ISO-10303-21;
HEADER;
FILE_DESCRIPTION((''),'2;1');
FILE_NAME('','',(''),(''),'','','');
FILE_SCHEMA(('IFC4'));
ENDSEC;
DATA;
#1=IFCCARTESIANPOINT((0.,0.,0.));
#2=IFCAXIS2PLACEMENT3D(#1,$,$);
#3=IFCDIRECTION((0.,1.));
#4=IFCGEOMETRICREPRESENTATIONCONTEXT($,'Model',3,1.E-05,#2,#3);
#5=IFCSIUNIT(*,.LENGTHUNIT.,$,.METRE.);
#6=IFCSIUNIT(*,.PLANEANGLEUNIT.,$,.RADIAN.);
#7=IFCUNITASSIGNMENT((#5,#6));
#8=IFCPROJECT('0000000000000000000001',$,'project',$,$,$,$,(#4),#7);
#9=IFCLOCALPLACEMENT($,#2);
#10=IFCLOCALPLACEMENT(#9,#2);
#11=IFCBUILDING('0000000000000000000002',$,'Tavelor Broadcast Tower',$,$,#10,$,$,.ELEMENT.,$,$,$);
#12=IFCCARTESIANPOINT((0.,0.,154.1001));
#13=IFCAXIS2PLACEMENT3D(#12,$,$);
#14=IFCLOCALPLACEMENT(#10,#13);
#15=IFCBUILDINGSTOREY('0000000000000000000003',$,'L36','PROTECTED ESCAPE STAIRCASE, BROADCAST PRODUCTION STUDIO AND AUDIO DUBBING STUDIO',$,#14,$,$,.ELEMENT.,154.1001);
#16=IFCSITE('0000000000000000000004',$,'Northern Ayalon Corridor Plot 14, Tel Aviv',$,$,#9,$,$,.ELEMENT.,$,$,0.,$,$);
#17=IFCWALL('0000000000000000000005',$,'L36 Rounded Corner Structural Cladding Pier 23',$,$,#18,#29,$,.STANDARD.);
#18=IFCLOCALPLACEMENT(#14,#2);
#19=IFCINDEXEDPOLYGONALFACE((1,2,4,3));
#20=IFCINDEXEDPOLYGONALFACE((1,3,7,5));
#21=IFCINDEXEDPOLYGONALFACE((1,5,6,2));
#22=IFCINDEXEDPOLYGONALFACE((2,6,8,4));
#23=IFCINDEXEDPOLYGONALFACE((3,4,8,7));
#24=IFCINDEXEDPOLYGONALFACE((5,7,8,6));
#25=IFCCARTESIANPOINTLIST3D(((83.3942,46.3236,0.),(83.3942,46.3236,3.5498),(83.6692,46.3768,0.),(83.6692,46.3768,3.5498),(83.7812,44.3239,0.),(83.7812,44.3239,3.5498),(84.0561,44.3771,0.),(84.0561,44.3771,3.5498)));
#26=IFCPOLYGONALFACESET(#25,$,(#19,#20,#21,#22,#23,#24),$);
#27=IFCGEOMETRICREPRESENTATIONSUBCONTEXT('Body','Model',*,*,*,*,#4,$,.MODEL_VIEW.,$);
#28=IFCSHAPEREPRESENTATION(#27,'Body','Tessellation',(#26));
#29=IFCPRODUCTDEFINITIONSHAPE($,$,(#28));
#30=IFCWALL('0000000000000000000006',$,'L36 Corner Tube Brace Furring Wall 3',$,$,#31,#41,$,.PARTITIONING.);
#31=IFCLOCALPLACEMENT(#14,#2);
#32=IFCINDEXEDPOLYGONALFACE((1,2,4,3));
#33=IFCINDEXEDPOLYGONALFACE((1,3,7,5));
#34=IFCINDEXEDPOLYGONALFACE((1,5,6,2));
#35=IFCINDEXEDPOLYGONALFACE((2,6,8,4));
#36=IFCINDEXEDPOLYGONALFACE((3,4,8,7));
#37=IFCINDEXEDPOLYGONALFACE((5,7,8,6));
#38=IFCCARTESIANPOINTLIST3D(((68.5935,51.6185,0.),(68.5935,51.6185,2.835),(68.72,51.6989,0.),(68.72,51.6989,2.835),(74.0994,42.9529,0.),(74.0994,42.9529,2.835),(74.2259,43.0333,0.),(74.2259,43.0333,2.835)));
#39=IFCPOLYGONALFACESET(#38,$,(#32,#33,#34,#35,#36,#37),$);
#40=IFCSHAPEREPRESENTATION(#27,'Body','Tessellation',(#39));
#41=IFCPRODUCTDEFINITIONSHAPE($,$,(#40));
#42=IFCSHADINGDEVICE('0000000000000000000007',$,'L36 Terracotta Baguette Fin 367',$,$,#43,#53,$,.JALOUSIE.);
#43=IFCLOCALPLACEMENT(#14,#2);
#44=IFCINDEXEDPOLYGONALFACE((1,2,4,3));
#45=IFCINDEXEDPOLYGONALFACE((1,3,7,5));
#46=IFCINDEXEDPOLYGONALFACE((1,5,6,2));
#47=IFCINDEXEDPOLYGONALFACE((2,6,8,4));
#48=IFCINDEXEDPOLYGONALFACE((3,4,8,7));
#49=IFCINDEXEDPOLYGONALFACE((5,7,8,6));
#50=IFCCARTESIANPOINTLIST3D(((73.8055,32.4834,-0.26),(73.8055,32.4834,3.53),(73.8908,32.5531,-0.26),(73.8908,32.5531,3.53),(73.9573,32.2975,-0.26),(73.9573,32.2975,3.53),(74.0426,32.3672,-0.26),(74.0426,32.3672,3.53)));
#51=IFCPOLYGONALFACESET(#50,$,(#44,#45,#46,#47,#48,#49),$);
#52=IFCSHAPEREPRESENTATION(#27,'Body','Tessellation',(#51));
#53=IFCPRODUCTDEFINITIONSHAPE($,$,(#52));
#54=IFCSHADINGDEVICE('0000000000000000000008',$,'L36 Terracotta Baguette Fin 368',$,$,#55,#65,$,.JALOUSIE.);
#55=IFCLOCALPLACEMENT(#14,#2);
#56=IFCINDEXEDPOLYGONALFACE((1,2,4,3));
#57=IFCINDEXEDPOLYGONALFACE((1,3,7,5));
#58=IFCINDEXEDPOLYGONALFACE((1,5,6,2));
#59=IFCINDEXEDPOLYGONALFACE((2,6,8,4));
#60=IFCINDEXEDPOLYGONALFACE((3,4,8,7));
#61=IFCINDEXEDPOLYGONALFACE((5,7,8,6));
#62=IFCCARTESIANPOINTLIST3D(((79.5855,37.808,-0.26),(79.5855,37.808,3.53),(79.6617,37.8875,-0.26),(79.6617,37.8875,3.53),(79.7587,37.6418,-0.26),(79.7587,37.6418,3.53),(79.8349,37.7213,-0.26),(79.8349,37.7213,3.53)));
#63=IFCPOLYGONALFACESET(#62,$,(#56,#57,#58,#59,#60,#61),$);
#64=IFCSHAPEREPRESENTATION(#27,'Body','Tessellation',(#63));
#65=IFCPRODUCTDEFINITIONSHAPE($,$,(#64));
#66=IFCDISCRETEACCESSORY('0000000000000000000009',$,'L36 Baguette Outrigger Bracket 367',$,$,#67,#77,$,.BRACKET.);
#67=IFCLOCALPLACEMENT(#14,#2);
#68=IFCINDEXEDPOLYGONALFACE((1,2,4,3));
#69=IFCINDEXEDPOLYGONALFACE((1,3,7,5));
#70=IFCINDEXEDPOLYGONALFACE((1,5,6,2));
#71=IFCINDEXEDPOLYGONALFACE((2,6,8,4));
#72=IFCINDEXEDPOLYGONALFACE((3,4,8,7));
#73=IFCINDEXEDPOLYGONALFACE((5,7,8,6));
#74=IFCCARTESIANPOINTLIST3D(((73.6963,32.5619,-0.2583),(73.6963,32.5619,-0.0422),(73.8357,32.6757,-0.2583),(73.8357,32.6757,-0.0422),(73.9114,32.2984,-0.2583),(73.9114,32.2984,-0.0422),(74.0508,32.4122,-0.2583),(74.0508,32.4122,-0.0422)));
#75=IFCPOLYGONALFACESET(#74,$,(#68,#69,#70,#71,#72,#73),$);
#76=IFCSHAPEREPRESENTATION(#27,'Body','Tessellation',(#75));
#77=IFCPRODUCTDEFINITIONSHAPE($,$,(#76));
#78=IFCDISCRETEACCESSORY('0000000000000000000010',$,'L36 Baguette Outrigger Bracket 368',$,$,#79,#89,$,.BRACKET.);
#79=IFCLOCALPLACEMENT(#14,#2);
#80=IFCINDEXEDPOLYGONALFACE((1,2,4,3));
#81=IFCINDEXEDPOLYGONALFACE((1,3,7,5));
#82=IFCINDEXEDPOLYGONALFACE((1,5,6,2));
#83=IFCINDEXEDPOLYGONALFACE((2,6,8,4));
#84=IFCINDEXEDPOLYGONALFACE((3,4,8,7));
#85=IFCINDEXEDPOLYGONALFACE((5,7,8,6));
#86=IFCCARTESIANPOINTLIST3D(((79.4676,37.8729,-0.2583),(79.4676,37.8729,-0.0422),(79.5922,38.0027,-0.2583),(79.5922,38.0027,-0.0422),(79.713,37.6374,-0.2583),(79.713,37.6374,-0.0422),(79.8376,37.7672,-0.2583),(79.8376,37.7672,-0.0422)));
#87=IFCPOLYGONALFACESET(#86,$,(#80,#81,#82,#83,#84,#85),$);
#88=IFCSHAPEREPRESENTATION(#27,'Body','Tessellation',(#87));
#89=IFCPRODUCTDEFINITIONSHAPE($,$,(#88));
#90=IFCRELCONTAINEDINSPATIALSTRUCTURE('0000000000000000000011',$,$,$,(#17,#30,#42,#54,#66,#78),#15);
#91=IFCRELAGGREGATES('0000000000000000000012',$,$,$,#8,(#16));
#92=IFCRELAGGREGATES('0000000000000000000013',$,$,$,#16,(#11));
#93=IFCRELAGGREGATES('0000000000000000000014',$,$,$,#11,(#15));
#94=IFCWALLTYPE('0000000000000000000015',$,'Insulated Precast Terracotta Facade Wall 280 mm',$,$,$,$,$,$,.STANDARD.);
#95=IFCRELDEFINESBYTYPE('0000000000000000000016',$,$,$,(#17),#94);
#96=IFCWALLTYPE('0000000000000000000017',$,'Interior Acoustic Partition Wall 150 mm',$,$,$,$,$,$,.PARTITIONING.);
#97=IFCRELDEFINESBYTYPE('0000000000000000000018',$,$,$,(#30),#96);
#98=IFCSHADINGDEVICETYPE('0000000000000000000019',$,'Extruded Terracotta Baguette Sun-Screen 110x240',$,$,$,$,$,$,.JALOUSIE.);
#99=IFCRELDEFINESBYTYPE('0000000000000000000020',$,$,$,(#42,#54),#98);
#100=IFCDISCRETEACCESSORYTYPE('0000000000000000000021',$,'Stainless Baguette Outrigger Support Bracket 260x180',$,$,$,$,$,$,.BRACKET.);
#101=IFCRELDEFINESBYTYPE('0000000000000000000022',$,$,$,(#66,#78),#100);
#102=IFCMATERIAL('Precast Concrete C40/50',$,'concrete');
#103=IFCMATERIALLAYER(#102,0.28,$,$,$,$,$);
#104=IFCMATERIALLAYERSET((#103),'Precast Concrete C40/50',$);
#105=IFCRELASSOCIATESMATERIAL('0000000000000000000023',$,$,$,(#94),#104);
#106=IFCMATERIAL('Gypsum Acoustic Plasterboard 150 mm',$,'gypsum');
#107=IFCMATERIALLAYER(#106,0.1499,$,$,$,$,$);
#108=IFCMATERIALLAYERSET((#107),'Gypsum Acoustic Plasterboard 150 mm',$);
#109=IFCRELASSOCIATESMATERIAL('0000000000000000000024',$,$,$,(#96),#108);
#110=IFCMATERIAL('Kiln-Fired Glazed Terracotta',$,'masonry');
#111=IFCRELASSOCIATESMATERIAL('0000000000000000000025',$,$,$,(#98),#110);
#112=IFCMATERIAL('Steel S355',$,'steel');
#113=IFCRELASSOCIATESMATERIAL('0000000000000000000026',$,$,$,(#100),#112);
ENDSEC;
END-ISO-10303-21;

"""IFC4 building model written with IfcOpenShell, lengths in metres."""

from ifc_helpers import new_model, si_unit, direction, frame, frame_2d, origin, origin_2d, place, context, subcontext, project, spatial, rectangle, extrude, source, transform, mapped, material, layer, layer_set, type_object, type_shapes, element, save


model = new_model("IFC4")

# Units and contexts
model_context = context("Model", 3, precision=1e-05, world=origin(), true_north=direction((0.0, 1.0)))
body_context = subcontext(model_context, "Body", "Model", "MODEL_VIEW")
ifc_project = project(units=[si_unit("LENGTHUNIT", "METRE"), si_unit("PLANEANGLEUNIT", "RADIAN")], contexts=[model_context])

# Site, building, storey
site_placement = place(None, origin())
site = spatial("IfcSite", under=ifc_project, at=site_placement, Name="Northern Ayalon Corridor Plot 14, Tel Aviv", CompositionType="ELEMENT", RefElevation=0.0)
building_placement = place(site_placement, origin())
building = spatial("IfcBuilding", under=site, at=building_placement, Name="Tavelor Broadcast Tower", CompositionType="ELEMENT")
storey_placement = place(building_placement, frame((0.0, 0.0, 154.1001)))
storey = spatial("IfcBuildingStorey", under=building, at=storey_placement, Name="L36", Description="PROTECTED ESCAPE STAIRCASE, BROADCAST PRODUCTION STUDIO AND AUDIO DUBBING STUDIO", CompositionType="ELEMENT", Elevation=154.1001)

# Shared definitions
ifc_material_1 = material(Name="Steel S355", Category="steel")

# Walls
ifc_material_2 = material(Name="Precast Concrete C40/50", Category="concrete")
ifc_layer_1 = layer(ifc_material_2, 0.28)
ifc_layer_set_1 = layer_set([ifc_layer_1], Name="Precast Concrete C40/50")
wall_type_1 = type_object("IfcWallType", Name="Insulated Precast Terracotta Facade Wall 280 mm", PredefinedType="STANDARD", material=ifc_layer_set_1)
for number, where, z_axis, x_axis, name in (
    (1, (83.9187, 44.3503, 0.0), (0.0, 0.0, 1.0), (-0.189981, 0.981788, 0.0), "L36 Rounded Corner Structural Cladding Pier 23"),
):
    element("IfcWall", number, at=place(storey_placement, frame(where, z_axis=z_axis, x_axis=x_axis)), inside=storey, type_object=wall_type_1, Name=name, PredefinedType="STANDARD", context=body_context, shape_type="SweptSolid", body=[
        extrude(rectangle(XDim=2.0369, YDim=0.28, at=frame_2d((1.0186, 0.0))), origin(), (0.0, 0.0, 1.0), 3.5498),
    ])
ifc_material_3 = material(Name="Gypsum Acoustic Plasterboard 150 mm", Category="gypsum")
ifc_layer_2 = layer(ifc_material_3, 0.1499)
ifc_layer_set_2 = layer_set([ifc_layer_2], Name="Gypsum Acoustic Plasterboard 150 mm")
wall_type_2 = type_object("IfcWallType", Name="Interior Acoustic Partition Wall 150 mm", PredefinedType="PARTITIONING", material=ifc_layer_set_2)
wall_1_placement = place(storey_placement, frame((74.1626, 42.9932, 0.0), z_axis=(0.0, 0.0, 1.0), x_axis=(-0.536281, 0.844039, 0.0)))
element("IfcWall", 2, at=wall_1_placement, inside=storey, type_object=wall_type_2, Name="L36 Corner Tube Brace Furring Wall 3", PredefinedType="PARTITIONING", context=body_context, shape_type="SweptSolid", body=[
    extrude(rectangle(XDim=10.2668, YDim=0.1499, at=frame_2d((5.1333, 0.0))), origin(), (0.0, 0.0, 1.0), 2.835),
])

# Shading devices
ifc_material_4 = material(Name="Kiln-Fired Glazed Terracotta", Category="masonry")
shading_device_type = type_object("IfcShadingDeviceType", Name="Extruded Terracotta Baguette Sun-Screen 110x240", PredefinedType="JALOUSIE", material=ifc_material_4)
shared_shape_1 = source(origin(), body_context, "Body", "SweptSolid", [
    extrude(rectangle(XDim=0.1101, YDim=0.24, at=origin_2d()), origin(), (0.0, 0.0, 1.0), 3.79),
])
type_shapes(shading_device_type, [shared_shape_1])
for number, where, z_axis, x_axis, name in (
    (3, (73.9241, 32.4253, -0.26), (0.0, 0.0, 1.0), (0.774613, 0.632435, 0.0), "L36 Terracotta Baguette Fin 367"),
    (4, (79.7102, 37.7646, -0.26), (0.0, 0.0, 1.0), (0.692395, 0.721519, 0.0), "L36 Terracotta Baguette Fin 368"),
):
    element("IfcShadingDevice", number, at=place(storey_placement, frame(where, z_axis=z_axis, x_axis=x_axis)), inside=storey, type_object=shading_device_type, Name=name, PredefinedType="JALOUSIE", context=body_context, shape_type="MappedRepresentation", body=[
        mapped(shared_shape_1, transform((0.0, 0.0, 0.0), scale=1.0)),
    ])

# Discrete accessories
discrete_accessory_type = type_object("IfcDiscreteAccessoryType", Name="Stainless Baguette Outrigger Support Bracket 260x180", PredefinedType="BRACKET", material=ifc_material_1)
shared_shape_2 = source(origin(), body_context, "Body", "SweptSolid", [
    extrude(rectangle(XDim=0.1799, YDim=0.3401, at=origin_2d()), origin(), (0.0, 0.0, 1.0), 0.2161),
])
type_shapes(discrete_accessory_type, [shared_shape_2])
for number, where, z_axis, x_axis, name in (
    (5, (73.8735, 32.4871, -0.2583), (0.0, 0.0, 1.0), (0.774613, 0.632435, 0.0), "L36 Baguette Outrigger Bracket 367"),
    (6, (79.6526, 37.8201, -0.2583), (0.0, 0.0, 1.0), (0.692395, 0.721519, 0.0), "L36 Baguette Outrigger Bracket 368"),
):
    element("IfcDiscreteAccessory", number, at=place(storey_placement, frame(where, z_axis=z_axis, x_axis=x_axis)), inside=storey, type_object=discrete_accessory_type, Name=name, PredefinedType="BRACKET", context=body_context, shape_type="MappedRepresentation", body=[
        mapped(shared_shape_2, transform((0.0, 0.0, 0.0), scale=1.0)),
    ])

save(model, "model.ifc")
